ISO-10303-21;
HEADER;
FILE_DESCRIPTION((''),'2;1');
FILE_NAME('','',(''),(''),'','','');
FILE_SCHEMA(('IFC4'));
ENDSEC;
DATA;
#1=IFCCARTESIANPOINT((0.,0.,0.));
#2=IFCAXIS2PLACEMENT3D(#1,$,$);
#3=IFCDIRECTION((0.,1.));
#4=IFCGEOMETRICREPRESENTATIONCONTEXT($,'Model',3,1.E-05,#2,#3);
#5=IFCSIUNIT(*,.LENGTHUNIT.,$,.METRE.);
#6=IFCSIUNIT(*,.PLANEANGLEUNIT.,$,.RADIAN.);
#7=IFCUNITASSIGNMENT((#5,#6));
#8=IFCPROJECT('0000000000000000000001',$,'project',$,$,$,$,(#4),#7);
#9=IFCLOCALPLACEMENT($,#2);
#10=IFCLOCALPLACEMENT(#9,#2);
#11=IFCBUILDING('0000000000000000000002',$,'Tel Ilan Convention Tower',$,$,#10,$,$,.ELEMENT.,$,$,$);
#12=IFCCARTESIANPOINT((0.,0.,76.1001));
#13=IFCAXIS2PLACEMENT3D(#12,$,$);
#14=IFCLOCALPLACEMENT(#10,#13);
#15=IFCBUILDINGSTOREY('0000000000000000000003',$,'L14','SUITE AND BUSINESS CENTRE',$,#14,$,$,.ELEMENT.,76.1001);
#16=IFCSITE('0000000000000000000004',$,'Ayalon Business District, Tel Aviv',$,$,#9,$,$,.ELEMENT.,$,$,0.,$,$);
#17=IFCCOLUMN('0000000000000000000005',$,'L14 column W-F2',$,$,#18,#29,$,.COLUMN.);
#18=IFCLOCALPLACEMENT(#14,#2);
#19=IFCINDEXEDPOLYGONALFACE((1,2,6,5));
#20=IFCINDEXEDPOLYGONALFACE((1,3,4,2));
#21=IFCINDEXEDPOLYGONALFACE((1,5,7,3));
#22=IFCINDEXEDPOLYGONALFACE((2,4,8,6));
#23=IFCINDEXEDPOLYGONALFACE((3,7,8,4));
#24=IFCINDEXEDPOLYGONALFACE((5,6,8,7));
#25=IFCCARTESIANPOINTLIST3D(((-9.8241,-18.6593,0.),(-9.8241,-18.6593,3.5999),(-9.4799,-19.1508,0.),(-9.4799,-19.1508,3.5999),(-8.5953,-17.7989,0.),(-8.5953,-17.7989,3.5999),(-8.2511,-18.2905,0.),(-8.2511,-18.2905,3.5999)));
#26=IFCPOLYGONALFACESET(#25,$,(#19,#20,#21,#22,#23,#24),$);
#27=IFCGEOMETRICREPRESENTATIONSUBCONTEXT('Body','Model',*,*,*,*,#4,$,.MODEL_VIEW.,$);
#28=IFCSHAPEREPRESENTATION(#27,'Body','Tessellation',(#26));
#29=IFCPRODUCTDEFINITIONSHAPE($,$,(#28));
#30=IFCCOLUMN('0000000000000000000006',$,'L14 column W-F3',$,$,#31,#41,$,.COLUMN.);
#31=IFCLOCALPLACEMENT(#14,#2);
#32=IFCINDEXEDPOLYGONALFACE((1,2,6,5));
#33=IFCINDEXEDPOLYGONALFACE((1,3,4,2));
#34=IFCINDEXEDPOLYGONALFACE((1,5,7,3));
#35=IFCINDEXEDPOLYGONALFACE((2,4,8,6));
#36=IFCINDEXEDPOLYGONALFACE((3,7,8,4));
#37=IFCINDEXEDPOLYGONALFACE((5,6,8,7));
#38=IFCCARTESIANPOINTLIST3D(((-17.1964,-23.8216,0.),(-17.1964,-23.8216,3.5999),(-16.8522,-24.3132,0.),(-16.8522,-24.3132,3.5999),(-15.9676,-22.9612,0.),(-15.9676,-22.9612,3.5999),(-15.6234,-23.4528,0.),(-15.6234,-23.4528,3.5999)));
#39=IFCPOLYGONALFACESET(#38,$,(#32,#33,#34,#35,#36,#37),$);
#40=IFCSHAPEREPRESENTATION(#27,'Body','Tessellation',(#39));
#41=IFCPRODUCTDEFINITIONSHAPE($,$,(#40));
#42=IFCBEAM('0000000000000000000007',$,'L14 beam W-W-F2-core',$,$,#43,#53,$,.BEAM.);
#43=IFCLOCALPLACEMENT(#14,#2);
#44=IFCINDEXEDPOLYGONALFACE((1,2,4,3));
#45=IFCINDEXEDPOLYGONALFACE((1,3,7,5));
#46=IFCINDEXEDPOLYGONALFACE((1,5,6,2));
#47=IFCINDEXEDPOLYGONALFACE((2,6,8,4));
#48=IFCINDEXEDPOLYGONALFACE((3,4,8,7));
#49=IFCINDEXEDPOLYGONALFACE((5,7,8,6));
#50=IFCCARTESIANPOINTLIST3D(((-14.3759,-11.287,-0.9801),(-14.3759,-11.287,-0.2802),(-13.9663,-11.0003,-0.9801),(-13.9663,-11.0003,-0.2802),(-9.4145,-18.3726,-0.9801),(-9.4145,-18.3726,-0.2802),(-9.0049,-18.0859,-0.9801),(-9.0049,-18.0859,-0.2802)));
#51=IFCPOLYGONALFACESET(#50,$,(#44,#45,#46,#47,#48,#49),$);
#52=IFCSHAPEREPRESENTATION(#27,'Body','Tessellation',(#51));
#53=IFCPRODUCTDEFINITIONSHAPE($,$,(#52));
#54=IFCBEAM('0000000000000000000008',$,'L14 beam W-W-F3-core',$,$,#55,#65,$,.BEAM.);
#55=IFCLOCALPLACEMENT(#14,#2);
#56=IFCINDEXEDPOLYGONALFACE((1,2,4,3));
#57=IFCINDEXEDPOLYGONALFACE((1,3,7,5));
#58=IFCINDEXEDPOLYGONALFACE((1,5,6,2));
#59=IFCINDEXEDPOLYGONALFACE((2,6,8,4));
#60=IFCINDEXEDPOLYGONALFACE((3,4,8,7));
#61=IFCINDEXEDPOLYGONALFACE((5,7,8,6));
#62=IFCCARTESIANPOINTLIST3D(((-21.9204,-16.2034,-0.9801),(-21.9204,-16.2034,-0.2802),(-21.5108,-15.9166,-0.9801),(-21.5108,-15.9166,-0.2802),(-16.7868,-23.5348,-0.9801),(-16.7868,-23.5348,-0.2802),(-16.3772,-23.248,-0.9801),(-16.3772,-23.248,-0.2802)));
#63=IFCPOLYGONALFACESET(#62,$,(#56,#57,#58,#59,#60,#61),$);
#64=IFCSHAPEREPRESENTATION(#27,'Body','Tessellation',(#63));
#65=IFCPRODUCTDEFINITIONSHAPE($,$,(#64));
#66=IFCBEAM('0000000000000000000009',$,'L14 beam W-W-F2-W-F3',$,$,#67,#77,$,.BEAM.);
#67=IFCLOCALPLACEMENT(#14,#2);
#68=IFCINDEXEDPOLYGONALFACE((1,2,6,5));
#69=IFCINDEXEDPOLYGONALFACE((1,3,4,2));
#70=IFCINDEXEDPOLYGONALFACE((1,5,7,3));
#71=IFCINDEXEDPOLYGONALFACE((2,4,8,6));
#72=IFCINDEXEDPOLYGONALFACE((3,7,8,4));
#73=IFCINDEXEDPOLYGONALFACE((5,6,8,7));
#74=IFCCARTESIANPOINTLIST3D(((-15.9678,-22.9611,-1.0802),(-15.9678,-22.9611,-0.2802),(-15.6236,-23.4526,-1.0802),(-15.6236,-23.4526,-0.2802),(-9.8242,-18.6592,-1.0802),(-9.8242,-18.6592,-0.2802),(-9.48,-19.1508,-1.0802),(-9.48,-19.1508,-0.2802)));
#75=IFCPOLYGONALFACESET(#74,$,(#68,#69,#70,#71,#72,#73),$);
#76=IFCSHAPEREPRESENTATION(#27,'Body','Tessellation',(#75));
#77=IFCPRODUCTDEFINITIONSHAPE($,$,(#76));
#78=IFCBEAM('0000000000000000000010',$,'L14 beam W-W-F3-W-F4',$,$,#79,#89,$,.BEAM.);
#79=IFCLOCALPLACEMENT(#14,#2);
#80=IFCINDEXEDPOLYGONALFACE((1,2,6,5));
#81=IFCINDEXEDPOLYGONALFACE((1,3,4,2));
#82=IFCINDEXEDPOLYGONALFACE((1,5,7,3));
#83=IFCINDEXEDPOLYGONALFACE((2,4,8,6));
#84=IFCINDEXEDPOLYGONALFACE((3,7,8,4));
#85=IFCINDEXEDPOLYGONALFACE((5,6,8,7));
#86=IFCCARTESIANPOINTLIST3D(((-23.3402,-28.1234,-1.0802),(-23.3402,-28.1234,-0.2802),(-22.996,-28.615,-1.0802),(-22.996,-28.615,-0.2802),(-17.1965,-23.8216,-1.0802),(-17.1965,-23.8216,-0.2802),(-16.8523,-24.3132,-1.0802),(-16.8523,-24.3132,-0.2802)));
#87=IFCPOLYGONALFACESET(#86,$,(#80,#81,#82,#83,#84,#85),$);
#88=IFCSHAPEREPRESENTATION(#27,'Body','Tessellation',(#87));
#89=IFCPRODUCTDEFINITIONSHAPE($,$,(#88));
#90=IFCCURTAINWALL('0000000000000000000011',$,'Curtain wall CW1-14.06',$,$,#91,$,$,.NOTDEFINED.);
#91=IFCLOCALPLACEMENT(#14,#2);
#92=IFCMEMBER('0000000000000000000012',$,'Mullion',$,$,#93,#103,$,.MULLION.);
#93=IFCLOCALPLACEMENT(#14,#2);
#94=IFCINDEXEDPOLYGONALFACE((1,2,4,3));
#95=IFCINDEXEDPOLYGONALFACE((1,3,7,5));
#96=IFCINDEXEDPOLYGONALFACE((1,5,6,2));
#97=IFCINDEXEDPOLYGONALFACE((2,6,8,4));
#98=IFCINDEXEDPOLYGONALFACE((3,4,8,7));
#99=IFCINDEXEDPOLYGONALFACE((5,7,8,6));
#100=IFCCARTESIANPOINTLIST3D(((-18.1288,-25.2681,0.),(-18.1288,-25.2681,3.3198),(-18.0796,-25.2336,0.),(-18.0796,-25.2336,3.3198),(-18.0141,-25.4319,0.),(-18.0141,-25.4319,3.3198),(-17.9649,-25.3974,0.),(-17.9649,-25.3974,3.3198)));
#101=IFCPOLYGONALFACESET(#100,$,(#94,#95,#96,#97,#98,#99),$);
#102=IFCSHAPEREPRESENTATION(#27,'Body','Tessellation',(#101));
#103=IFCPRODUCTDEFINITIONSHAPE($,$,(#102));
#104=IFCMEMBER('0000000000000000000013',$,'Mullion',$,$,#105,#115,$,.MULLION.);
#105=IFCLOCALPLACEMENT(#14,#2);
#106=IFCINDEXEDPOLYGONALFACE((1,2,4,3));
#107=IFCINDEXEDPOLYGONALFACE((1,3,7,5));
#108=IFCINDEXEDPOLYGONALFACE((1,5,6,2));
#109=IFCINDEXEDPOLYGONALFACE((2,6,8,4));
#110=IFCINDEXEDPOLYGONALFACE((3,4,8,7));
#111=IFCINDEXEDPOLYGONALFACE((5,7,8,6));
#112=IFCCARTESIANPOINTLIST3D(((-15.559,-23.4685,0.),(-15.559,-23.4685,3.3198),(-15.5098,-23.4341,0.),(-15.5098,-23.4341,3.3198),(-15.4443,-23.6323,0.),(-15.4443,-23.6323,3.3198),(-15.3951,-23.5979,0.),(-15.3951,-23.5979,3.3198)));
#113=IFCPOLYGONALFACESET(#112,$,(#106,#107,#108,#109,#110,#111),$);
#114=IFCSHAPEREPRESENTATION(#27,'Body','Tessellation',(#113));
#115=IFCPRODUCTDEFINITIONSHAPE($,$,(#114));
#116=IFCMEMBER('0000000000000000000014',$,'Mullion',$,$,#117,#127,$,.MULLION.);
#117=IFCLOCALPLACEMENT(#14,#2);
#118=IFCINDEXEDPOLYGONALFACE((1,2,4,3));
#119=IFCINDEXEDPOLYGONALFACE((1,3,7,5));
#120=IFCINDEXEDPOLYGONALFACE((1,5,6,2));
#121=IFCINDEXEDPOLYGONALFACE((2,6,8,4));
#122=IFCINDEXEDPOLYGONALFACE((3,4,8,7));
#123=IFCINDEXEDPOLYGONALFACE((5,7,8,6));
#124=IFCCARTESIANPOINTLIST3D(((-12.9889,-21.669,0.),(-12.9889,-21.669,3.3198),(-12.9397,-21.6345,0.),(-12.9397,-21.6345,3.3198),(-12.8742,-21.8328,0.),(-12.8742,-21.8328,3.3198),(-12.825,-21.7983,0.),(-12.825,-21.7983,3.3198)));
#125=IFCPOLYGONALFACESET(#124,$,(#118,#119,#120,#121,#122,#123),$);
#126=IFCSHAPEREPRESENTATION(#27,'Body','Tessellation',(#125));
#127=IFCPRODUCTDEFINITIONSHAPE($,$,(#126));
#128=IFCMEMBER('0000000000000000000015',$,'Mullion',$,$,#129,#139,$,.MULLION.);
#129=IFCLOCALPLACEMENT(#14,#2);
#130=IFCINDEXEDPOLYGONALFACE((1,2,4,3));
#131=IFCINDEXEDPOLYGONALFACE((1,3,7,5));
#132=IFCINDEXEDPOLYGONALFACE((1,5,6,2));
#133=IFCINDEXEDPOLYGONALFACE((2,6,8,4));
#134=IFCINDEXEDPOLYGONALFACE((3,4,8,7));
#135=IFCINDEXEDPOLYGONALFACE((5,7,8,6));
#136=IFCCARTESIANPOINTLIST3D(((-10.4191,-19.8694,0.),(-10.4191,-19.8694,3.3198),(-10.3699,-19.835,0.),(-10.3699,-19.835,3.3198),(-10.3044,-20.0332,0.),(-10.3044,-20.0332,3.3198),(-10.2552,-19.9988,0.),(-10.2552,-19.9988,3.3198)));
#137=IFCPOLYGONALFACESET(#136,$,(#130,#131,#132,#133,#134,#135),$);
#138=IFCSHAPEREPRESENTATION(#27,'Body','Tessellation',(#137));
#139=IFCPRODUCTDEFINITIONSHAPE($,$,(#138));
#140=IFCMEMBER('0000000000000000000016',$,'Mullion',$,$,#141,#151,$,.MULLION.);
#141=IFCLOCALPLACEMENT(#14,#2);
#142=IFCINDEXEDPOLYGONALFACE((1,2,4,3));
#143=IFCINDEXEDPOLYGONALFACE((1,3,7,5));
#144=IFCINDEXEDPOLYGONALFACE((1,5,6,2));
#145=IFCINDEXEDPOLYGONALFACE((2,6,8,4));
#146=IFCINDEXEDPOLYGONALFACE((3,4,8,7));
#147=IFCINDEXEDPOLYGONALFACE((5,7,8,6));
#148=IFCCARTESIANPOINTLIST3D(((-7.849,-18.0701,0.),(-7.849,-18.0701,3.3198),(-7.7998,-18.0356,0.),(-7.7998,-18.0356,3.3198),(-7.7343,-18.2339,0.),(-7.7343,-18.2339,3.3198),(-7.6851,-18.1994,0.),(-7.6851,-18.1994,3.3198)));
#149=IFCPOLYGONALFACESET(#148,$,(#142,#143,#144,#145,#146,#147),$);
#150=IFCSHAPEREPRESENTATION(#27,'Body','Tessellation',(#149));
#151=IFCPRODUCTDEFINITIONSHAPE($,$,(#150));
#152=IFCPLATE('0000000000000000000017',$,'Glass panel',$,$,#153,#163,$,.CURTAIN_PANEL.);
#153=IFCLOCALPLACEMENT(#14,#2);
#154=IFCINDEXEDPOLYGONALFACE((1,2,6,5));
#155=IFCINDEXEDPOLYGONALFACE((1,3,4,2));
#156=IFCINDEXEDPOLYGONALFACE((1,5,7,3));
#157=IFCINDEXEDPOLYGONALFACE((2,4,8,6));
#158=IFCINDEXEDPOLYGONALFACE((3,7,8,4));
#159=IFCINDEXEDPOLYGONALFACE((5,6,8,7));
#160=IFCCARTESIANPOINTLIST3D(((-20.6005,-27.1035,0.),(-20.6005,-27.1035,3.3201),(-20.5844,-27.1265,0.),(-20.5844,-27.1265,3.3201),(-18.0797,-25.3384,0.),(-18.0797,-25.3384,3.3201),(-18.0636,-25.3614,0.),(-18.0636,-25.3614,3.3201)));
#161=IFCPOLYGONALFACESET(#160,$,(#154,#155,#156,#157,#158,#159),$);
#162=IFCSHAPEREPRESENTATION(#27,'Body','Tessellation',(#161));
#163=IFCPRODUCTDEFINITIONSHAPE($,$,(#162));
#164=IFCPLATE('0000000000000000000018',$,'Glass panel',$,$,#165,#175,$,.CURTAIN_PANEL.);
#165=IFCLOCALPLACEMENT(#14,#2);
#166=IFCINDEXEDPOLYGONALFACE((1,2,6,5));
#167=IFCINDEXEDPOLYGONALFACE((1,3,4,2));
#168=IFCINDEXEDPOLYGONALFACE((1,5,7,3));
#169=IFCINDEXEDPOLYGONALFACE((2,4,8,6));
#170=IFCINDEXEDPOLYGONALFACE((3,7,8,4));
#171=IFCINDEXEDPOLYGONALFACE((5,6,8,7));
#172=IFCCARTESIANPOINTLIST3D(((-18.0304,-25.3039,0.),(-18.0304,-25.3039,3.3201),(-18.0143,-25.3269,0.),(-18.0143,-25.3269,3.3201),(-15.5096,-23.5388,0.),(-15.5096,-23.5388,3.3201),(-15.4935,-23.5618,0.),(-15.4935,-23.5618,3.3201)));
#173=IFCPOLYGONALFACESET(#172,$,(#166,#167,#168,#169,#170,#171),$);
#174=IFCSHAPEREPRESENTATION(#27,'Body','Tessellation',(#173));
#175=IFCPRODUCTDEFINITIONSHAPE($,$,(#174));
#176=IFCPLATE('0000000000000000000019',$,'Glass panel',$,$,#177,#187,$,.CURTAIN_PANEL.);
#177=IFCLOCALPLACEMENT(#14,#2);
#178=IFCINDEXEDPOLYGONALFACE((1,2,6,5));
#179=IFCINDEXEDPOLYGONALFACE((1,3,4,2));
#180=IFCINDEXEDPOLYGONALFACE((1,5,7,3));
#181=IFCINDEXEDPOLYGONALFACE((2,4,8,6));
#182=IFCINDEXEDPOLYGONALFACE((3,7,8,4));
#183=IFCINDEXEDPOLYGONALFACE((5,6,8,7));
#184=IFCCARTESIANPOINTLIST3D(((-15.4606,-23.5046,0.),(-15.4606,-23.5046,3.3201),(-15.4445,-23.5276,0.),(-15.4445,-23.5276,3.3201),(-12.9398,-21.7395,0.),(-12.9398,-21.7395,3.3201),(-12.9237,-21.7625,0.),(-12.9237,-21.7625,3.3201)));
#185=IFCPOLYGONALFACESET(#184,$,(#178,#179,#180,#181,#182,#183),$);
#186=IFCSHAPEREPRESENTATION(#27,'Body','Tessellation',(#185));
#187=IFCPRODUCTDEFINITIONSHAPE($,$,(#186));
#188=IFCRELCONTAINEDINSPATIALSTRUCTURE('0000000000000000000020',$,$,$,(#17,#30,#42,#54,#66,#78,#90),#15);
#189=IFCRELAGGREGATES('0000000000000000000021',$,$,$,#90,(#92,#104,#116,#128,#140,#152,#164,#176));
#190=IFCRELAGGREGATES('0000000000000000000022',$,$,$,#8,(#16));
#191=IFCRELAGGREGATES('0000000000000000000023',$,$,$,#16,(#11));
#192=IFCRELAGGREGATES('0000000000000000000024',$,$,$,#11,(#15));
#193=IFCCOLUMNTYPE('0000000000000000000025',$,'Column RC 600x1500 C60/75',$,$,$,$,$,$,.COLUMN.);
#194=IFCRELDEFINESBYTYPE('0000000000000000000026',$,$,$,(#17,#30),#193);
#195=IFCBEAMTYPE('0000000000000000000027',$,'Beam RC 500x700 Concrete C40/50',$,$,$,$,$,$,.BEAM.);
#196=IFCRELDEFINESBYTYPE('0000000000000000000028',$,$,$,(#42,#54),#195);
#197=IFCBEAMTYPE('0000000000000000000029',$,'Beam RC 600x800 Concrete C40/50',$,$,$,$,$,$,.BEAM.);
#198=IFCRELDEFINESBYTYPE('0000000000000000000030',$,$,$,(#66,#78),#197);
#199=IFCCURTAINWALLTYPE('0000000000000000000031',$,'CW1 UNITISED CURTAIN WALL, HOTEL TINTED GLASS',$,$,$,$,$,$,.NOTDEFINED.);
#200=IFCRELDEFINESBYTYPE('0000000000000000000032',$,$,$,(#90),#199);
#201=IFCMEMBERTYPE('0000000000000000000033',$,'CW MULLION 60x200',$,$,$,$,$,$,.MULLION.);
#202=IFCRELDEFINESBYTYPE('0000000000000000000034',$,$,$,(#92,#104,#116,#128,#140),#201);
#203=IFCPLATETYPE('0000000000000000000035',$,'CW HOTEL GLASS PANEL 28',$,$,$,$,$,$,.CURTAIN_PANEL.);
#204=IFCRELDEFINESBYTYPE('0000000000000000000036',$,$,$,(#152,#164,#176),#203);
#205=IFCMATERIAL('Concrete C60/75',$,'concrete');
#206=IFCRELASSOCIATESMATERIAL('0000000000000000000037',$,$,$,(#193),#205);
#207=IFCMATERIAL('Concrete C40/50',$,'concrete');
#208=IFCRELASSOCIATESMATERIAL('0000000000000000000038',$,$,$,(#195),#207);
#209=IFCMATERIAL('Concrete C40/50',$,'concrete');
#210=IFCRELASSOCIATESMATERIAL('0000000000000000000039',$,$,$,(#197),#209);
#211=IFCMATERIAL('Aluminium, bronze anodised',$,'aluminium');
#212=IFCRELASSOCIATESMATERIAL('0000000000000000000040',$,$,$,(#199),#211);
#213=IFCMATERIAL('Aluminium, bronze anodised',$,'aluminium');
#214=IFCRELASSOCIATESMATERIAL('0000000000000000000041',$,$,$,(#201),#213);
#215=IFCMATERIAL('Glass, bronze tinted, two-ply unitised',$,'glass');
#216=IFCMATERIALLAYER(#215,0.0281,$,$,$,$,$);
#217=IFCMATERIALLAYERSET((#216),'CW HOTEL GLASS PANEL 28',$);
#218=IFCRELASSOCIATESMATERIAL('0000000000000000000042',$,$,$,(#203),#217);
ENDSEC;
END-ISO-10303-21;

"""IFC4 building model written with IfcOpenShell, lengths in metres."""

from ifc_helpers import new_model, si_unit, direction, frame, origin, origin_2d, place, context, subcontext, project, spatial, rectangle, extrude, material, layer, layer_set, material_profile, profile_set, type_object, element, aggregate, save


model = new_model("IFC4")

# Units and contexts
model_context = context("Model", 3, precision=1e-05, world=origin(), true_north=direction((0.0, 1.0)))
body_context = subcontext(model_context, "Body", "Model", "MODEL_VIEW")
ifc_project = project(units=[si_unit("LENGTHUNIT", "METRE"), si_unit("PLANEANGLEUNIT", "RADIAN")], contexts=[model_context])

# Site, building, storey
site_placement = place(None, origin())
site = spatial("IfcSite", under=ifc_project, at=site_placement, Name="Ayalon Business District, Tel Aviv", CompositionType="ELEMENT", RefElevation=0.0)
building_placement = place(site_placement, origin())
building = spatial("IfcBuilding", under=site, at=building_placement, Name="Tel Ilan Convention Tower", CompositionType="ELEMENT")
storey_placement = place(building_placement, frame((0.0, 0.0, 76.1001)))
storey = spatial("IfcBuildingStorey", under=building, at=storey_placement, Name="L14", Description="SUITE AND BUSINESS CENTRE", CompositionType="ELEMENT", Elevation=76.1001)

# Columns
ifc_material_1 = material(Name="Concrete C60/75", Category="concrete")
ifc_material_profile_1 = material_profile(ifc_material_1, rectangle(XDim=1.5, YDim=0.6001, at=origin_2d()), Name="RC 600x1500")
ifc_profile_set_1 = profile_set([ifc_material_profile_1], Name="Concrete C60/75")
column_type = type_object("IfcColumnType", Name="Column RC 600x1500 C60/75", PredefinedType="COLUMN", material=ifc_profile_set_1)
for number, where, z_axis, x_axis, name in (
    (1, (-9.0376, -18.4749, 0.0), (0.0, 0.0, 1.0), (-0.819152, -0.573576, 0.0), "L14 column W-F2"),
    (2, (-16.4099, -23.6372, 0.0), (0.0, 0.0, 1.0), (-0.819152, -0.573576, 0.0), "L14 column W-F3"),
):
    element("IfcColumn", number, at=place(storey_placement, frame(where, z_axis=z_axis, x_axis=x_axis)), inside=storey, type_object=column_type, Name=name, PredefinedType="COLUMN", context=body_context, shape_type="SweptSolid", body=[
        extrude(rectangle(XDim=1.5, YDim=0.6001, at=origin_2d()), origin(), (0.0, 0.0, 1.0), 3.5999),
    ])

# Beams
ifc_material_2 = material(Name="Concrete C40/50", Category="concrete")
ifc_material_profile_2 = material_profile(ifc_material_2, rectangle(XDim=0.5, YDim=0.7, at=origin_2d()), Name="RC 500x700")
ifc_profile_set_2 = profile_set([ifc_material_profile_2], Name="Concrete C40/50")
beam_type_1 = type_object("IfcBeamType", Name="Beam RC 500x700 Concrete C40/50", PredefinedType="BEAM", material=ifc_profile_set_2)
beam_1_placement = place(storey_placement, frame((-9.2097, -18.2292, -0.6301), z_axis=(-0.573574, 0.819154, 0.0), x_axis=(-0.819154, -0.573574, 0.0)))
element("IfcBeam", 3, at=beam_1_placement, inside=storey, type_object=beam_type_1, Name="L14 beam W-W-F2-core", PredefinedType="BEAM", context=body_context, shape_type="SweptSolid", body=[
    extrude(rectangle(XDim=0.5, YDim=0.7, at=origin_2d()), origin(), (0.0, 0.0, 1.0), 8.6499),
])
beam_2_placement = place(storey_placement, frame((-16.582, -23.3914, -0.6301), z_axis=(-0.573585, 0.819146, 0.0), x_axis=(-0.819146, -0.573585, 0.0)))
element("IfcBeam", 4, at=beam_2_placement, inside=storey, type_object=beam_type_1, Name="L14 beam W-W-F3-core", PredefinedType="BEAM", context=body_context, shape_type="SweptSolid", body=[
    extrude(rectangle(XDim=0.5, YDim=0.7, at=origin_2d()), origin(), (0.0, 0.0, 1.0), 8.95),
])
ifc_material_3 = material(Name="Concrete C40/50", Category="concrete")
ifc_material_profile_3 = material_profile(ifc_material_3, rectangle(XDim=0.6001, YDim=0.8, at=origin_2d()), Name="RC 600x800")
ifc_profile_set_3 = profile_set([ifc_material_profile_3], Name="Concrete C40/50")
beam_type_2 = type_object("IfcBeamType", Name="Beam RC 600x800 Concrete C40/50", PredefinedType="BEAM", material=ifc_profile_set_3)
for number, where, z_axis, x_axis, name in (
    (5, (-9.6521, -18.905, -0.6802), (-0.819152, -0.573576, 0.0), (0.573576, -0.819152, 0.0), "L14 beam W-W-F2-W-F3"),
    (6, (-17.0244, -24.0674, -0.6802), (-0.819152, -0.573576, 0.0), (0.573576, -0.819152, 0.0), "L14 beam W-W-F3-W-F4"),
):
    element("IfcBeam", number, at=place(storey_placement, frame(where, z_axis=z_axis, x_axis=x_axis)), inside=storey, type_object=beam_type_2, Name=name, PredefinedType="BEAM", context=body_context, shape_type="SweptSolid", body=[
        extrude(rectangle(XDim=0.6001, YDim=0.8, at=origin_2d()), origin(), (0.0, 0.0, 1.0), 7.5),
    ])

# Curtain wall, members, plates
ifc_material_4 = material(Name="Aluminium, bronze anodised", Category="aluminium")
curtain_wall_type = type_object("IfcCurtainWallType", Name="CW1 UNITISED CURTAIN WALL, HOTEL TINTED GLASS", PredefinedType="NOTDEFINED", material=ifc_material_4)
curtain_wall_placement = place(storey_placement, origin())
curtain_wall = element("IfcCurtainWall", 7, at=curtain_wall_placement, inside=storey, type_object=curtain_wall_type, Name="Curtain wall CW1-14.06", PredefinedType="NOTDEFINED")
ifc_material_5 = material(Name="Aluminium, bronze anodised", Category="aluminium")
ifc_material_profile_4 = material_profile(ifc_material_5, rectangle(XDim=0.0601, YDim=0.2, at=origin_2d()), Name="CW MULLION 60x200")
ifc_profile_set_4 = profile_set([ifc_material_profile_4], Name="Aluminium, bronze anodised")
member_type = type_object("IfcMemberType", Name="CW MULLION 60x200", PredefinedType="MULLION", material=ifc_profile_set_4)
member_1_placement = place(storey_placement, frame((-18.0469, -25.3328, 0.0), z_axis=(0.0, 0.0, 1.0), x_axis=(0.819152, 0.573576, 0.0)))
member_1 = element("IfcMember", 8, at=member_1_placement, type_object=member_type, Name="Mullion", PredefinedType="MULLION", context=body_context, shape_type="SweptSolid", body=[
    extrude(rectangle(XDim=0.0601, YDim=0.2, at=origin_2d()), origin(), (0.0, 0.0, 1.0), 3.3198),
])
member_2_placement = place(storey_placement, frame((-15.4771, -23.5332, 0.0), z_axis=(0.0, 0.0, 1.0), x_axis=(0.819152, 0.573576, 0.0)))
member_2 = element("IfcMember", 9, at=member_2_placement, type_object=member_type, Name="Mullion", PredefinedType="MULLION", context=body_context, shape_type="SweptSolid", body=[
    extrude(rectangle(XDim=0.0601, YDim=0.2, at=origin_2d()), origin(), (0.0, 0.0, 1.0), 3.3198),
])
member_3_placement = place(storey_placement, frame((-12.907, -21.7336, 0.0), z_axis=(0.0, 0.0, 1.0), x_axis=(0.819152, 0.573576, 0.0)))
member_3 = element("IfcMember", 10, at=member_3_placement, type_object=member_type, Name="Mullion", PredefinedType="MULLION", context=body_context, shape_type="SweptSolid", body=[
    extrude(rectangle(XDim=0.0601, YDim=0.2, at=origin_2d()), origin(), (0.0, 0.0, 1.0), 3.3198),
])
member_4_placement = place(storey_placement, frame((-10.3372, -19.9341, 0.0), z_axis=(0.0, 0.0, 1.0), x_axis=(0.819152, 0.573576, 0.0)))
member_4 = element("IfcMember", 11, at=member_4_placement, type_object=member_type, Name="Mullion", PredefinedType="MULLION", context=body_context, shape_type="SweptSolid", body=[
    extrude(rectangle(XDim=0.0601, YDim=0.2, at=origin_2d()), origin(), (0.0, 0.0, 1.0), 3.3198),
])
member_5_placement = place(storey_placement, frame((-7.7671, -18.1348, 0.0), z_axis=(0.0, 0.0, 1.0), x_axis=(0.819152, 0.573576, 0.0)))
member_5 = element("IfcMember", 12, at=member_5_placement, type_object=member_type, Name="Mullion", PredefinedType="MULLION", context=body_context, shape_type="SweptSolid", body=[
    extrude(rectangle(XDim=0.0601, YDim=0.2, at=origin_2d()), origin(), (0.0, 0.0, 1.0), 3.3198),
])
ifc_material_6 = material(Name="Glass, bronze tinted, two-ply unitised", Category="glass")
ifc_layer_1 = layer(ifc_material_6, 0.0281)
ifc_layer_set_1 = layer_set([ifc_layer_1], Name="CW HOTEL GLASS PANEL 28")
plate_type = type_object("IfcPlateType", Name="CW HOTEL GLASS PANEL 28", PredefinedType="CURTAIN_PANEL", material=ifc_layer_set_1)
plate_1_placement = place(storey_placement, frame((-19.332, -26.2324, 0.0), z_axis=(0.0, 0.0, 1.0), x_axis=(0.819152, 0.573576, 0.0)))
plate_1 = element("IfcPlate", 13, at=plate_1_placement, type_object=plate_type, Name="Glass panel", PredefinedType="CURTAIN_PANEL", context=body_context, shape_type="SweptSolid", body=[
    extrude(rectangle(XDim=3.0774, YDim=0.0281, at=origin_2d()), origin(), (0.0, 0.0, 1.0), 3.3201),
])
plate_2_placement = place(storey_placement, frame((-16.762, -24.4329, 0.0), z_axis=(0.0, 0.0, 1.0), x_axis=(0.819152, 0.573576, 0.0)))
plate_2 = element("IfcPlate", 14, at=plate_2_placement, type_object=plate_type, Name="Glass panel", PredefinedType="CURTAIN_PANEL", context=body_context, shape_type="SweptSolid", body=[
    extrude(rectangle(XDim=3.0774, YDim=0.0281, at=origin_2d()), origin(), (0.0, 0.0, 1.0), 3.3201),
])
plate_3_placement = place(storey_placement, frame((-14.1921, -22.6335, 0.0), z_axis=(0.0, 0.0, 1.0), x_axis=(0.819152, 0.573576, 0.0)))
plate_3 = element("IfcPlate", 15, at=plate_3_placement, type_object=plate_type, Name="Glass panel", PredefinedType="CURTAIN_PANEL", context=body_context, shape_type="SweptSolid", body=[
    extrude(rectangle(XDim=3.0774, YDim=0.0281, at=origin_2d()), origin(), (0.0, 0.0, 1.0), 3.3201),
])
aggregate(curtain_wall, [member_1, member_2, member_3, member_4, member_5, plate_1, plate_2, plate_3])

save(model, "model.ifc")
